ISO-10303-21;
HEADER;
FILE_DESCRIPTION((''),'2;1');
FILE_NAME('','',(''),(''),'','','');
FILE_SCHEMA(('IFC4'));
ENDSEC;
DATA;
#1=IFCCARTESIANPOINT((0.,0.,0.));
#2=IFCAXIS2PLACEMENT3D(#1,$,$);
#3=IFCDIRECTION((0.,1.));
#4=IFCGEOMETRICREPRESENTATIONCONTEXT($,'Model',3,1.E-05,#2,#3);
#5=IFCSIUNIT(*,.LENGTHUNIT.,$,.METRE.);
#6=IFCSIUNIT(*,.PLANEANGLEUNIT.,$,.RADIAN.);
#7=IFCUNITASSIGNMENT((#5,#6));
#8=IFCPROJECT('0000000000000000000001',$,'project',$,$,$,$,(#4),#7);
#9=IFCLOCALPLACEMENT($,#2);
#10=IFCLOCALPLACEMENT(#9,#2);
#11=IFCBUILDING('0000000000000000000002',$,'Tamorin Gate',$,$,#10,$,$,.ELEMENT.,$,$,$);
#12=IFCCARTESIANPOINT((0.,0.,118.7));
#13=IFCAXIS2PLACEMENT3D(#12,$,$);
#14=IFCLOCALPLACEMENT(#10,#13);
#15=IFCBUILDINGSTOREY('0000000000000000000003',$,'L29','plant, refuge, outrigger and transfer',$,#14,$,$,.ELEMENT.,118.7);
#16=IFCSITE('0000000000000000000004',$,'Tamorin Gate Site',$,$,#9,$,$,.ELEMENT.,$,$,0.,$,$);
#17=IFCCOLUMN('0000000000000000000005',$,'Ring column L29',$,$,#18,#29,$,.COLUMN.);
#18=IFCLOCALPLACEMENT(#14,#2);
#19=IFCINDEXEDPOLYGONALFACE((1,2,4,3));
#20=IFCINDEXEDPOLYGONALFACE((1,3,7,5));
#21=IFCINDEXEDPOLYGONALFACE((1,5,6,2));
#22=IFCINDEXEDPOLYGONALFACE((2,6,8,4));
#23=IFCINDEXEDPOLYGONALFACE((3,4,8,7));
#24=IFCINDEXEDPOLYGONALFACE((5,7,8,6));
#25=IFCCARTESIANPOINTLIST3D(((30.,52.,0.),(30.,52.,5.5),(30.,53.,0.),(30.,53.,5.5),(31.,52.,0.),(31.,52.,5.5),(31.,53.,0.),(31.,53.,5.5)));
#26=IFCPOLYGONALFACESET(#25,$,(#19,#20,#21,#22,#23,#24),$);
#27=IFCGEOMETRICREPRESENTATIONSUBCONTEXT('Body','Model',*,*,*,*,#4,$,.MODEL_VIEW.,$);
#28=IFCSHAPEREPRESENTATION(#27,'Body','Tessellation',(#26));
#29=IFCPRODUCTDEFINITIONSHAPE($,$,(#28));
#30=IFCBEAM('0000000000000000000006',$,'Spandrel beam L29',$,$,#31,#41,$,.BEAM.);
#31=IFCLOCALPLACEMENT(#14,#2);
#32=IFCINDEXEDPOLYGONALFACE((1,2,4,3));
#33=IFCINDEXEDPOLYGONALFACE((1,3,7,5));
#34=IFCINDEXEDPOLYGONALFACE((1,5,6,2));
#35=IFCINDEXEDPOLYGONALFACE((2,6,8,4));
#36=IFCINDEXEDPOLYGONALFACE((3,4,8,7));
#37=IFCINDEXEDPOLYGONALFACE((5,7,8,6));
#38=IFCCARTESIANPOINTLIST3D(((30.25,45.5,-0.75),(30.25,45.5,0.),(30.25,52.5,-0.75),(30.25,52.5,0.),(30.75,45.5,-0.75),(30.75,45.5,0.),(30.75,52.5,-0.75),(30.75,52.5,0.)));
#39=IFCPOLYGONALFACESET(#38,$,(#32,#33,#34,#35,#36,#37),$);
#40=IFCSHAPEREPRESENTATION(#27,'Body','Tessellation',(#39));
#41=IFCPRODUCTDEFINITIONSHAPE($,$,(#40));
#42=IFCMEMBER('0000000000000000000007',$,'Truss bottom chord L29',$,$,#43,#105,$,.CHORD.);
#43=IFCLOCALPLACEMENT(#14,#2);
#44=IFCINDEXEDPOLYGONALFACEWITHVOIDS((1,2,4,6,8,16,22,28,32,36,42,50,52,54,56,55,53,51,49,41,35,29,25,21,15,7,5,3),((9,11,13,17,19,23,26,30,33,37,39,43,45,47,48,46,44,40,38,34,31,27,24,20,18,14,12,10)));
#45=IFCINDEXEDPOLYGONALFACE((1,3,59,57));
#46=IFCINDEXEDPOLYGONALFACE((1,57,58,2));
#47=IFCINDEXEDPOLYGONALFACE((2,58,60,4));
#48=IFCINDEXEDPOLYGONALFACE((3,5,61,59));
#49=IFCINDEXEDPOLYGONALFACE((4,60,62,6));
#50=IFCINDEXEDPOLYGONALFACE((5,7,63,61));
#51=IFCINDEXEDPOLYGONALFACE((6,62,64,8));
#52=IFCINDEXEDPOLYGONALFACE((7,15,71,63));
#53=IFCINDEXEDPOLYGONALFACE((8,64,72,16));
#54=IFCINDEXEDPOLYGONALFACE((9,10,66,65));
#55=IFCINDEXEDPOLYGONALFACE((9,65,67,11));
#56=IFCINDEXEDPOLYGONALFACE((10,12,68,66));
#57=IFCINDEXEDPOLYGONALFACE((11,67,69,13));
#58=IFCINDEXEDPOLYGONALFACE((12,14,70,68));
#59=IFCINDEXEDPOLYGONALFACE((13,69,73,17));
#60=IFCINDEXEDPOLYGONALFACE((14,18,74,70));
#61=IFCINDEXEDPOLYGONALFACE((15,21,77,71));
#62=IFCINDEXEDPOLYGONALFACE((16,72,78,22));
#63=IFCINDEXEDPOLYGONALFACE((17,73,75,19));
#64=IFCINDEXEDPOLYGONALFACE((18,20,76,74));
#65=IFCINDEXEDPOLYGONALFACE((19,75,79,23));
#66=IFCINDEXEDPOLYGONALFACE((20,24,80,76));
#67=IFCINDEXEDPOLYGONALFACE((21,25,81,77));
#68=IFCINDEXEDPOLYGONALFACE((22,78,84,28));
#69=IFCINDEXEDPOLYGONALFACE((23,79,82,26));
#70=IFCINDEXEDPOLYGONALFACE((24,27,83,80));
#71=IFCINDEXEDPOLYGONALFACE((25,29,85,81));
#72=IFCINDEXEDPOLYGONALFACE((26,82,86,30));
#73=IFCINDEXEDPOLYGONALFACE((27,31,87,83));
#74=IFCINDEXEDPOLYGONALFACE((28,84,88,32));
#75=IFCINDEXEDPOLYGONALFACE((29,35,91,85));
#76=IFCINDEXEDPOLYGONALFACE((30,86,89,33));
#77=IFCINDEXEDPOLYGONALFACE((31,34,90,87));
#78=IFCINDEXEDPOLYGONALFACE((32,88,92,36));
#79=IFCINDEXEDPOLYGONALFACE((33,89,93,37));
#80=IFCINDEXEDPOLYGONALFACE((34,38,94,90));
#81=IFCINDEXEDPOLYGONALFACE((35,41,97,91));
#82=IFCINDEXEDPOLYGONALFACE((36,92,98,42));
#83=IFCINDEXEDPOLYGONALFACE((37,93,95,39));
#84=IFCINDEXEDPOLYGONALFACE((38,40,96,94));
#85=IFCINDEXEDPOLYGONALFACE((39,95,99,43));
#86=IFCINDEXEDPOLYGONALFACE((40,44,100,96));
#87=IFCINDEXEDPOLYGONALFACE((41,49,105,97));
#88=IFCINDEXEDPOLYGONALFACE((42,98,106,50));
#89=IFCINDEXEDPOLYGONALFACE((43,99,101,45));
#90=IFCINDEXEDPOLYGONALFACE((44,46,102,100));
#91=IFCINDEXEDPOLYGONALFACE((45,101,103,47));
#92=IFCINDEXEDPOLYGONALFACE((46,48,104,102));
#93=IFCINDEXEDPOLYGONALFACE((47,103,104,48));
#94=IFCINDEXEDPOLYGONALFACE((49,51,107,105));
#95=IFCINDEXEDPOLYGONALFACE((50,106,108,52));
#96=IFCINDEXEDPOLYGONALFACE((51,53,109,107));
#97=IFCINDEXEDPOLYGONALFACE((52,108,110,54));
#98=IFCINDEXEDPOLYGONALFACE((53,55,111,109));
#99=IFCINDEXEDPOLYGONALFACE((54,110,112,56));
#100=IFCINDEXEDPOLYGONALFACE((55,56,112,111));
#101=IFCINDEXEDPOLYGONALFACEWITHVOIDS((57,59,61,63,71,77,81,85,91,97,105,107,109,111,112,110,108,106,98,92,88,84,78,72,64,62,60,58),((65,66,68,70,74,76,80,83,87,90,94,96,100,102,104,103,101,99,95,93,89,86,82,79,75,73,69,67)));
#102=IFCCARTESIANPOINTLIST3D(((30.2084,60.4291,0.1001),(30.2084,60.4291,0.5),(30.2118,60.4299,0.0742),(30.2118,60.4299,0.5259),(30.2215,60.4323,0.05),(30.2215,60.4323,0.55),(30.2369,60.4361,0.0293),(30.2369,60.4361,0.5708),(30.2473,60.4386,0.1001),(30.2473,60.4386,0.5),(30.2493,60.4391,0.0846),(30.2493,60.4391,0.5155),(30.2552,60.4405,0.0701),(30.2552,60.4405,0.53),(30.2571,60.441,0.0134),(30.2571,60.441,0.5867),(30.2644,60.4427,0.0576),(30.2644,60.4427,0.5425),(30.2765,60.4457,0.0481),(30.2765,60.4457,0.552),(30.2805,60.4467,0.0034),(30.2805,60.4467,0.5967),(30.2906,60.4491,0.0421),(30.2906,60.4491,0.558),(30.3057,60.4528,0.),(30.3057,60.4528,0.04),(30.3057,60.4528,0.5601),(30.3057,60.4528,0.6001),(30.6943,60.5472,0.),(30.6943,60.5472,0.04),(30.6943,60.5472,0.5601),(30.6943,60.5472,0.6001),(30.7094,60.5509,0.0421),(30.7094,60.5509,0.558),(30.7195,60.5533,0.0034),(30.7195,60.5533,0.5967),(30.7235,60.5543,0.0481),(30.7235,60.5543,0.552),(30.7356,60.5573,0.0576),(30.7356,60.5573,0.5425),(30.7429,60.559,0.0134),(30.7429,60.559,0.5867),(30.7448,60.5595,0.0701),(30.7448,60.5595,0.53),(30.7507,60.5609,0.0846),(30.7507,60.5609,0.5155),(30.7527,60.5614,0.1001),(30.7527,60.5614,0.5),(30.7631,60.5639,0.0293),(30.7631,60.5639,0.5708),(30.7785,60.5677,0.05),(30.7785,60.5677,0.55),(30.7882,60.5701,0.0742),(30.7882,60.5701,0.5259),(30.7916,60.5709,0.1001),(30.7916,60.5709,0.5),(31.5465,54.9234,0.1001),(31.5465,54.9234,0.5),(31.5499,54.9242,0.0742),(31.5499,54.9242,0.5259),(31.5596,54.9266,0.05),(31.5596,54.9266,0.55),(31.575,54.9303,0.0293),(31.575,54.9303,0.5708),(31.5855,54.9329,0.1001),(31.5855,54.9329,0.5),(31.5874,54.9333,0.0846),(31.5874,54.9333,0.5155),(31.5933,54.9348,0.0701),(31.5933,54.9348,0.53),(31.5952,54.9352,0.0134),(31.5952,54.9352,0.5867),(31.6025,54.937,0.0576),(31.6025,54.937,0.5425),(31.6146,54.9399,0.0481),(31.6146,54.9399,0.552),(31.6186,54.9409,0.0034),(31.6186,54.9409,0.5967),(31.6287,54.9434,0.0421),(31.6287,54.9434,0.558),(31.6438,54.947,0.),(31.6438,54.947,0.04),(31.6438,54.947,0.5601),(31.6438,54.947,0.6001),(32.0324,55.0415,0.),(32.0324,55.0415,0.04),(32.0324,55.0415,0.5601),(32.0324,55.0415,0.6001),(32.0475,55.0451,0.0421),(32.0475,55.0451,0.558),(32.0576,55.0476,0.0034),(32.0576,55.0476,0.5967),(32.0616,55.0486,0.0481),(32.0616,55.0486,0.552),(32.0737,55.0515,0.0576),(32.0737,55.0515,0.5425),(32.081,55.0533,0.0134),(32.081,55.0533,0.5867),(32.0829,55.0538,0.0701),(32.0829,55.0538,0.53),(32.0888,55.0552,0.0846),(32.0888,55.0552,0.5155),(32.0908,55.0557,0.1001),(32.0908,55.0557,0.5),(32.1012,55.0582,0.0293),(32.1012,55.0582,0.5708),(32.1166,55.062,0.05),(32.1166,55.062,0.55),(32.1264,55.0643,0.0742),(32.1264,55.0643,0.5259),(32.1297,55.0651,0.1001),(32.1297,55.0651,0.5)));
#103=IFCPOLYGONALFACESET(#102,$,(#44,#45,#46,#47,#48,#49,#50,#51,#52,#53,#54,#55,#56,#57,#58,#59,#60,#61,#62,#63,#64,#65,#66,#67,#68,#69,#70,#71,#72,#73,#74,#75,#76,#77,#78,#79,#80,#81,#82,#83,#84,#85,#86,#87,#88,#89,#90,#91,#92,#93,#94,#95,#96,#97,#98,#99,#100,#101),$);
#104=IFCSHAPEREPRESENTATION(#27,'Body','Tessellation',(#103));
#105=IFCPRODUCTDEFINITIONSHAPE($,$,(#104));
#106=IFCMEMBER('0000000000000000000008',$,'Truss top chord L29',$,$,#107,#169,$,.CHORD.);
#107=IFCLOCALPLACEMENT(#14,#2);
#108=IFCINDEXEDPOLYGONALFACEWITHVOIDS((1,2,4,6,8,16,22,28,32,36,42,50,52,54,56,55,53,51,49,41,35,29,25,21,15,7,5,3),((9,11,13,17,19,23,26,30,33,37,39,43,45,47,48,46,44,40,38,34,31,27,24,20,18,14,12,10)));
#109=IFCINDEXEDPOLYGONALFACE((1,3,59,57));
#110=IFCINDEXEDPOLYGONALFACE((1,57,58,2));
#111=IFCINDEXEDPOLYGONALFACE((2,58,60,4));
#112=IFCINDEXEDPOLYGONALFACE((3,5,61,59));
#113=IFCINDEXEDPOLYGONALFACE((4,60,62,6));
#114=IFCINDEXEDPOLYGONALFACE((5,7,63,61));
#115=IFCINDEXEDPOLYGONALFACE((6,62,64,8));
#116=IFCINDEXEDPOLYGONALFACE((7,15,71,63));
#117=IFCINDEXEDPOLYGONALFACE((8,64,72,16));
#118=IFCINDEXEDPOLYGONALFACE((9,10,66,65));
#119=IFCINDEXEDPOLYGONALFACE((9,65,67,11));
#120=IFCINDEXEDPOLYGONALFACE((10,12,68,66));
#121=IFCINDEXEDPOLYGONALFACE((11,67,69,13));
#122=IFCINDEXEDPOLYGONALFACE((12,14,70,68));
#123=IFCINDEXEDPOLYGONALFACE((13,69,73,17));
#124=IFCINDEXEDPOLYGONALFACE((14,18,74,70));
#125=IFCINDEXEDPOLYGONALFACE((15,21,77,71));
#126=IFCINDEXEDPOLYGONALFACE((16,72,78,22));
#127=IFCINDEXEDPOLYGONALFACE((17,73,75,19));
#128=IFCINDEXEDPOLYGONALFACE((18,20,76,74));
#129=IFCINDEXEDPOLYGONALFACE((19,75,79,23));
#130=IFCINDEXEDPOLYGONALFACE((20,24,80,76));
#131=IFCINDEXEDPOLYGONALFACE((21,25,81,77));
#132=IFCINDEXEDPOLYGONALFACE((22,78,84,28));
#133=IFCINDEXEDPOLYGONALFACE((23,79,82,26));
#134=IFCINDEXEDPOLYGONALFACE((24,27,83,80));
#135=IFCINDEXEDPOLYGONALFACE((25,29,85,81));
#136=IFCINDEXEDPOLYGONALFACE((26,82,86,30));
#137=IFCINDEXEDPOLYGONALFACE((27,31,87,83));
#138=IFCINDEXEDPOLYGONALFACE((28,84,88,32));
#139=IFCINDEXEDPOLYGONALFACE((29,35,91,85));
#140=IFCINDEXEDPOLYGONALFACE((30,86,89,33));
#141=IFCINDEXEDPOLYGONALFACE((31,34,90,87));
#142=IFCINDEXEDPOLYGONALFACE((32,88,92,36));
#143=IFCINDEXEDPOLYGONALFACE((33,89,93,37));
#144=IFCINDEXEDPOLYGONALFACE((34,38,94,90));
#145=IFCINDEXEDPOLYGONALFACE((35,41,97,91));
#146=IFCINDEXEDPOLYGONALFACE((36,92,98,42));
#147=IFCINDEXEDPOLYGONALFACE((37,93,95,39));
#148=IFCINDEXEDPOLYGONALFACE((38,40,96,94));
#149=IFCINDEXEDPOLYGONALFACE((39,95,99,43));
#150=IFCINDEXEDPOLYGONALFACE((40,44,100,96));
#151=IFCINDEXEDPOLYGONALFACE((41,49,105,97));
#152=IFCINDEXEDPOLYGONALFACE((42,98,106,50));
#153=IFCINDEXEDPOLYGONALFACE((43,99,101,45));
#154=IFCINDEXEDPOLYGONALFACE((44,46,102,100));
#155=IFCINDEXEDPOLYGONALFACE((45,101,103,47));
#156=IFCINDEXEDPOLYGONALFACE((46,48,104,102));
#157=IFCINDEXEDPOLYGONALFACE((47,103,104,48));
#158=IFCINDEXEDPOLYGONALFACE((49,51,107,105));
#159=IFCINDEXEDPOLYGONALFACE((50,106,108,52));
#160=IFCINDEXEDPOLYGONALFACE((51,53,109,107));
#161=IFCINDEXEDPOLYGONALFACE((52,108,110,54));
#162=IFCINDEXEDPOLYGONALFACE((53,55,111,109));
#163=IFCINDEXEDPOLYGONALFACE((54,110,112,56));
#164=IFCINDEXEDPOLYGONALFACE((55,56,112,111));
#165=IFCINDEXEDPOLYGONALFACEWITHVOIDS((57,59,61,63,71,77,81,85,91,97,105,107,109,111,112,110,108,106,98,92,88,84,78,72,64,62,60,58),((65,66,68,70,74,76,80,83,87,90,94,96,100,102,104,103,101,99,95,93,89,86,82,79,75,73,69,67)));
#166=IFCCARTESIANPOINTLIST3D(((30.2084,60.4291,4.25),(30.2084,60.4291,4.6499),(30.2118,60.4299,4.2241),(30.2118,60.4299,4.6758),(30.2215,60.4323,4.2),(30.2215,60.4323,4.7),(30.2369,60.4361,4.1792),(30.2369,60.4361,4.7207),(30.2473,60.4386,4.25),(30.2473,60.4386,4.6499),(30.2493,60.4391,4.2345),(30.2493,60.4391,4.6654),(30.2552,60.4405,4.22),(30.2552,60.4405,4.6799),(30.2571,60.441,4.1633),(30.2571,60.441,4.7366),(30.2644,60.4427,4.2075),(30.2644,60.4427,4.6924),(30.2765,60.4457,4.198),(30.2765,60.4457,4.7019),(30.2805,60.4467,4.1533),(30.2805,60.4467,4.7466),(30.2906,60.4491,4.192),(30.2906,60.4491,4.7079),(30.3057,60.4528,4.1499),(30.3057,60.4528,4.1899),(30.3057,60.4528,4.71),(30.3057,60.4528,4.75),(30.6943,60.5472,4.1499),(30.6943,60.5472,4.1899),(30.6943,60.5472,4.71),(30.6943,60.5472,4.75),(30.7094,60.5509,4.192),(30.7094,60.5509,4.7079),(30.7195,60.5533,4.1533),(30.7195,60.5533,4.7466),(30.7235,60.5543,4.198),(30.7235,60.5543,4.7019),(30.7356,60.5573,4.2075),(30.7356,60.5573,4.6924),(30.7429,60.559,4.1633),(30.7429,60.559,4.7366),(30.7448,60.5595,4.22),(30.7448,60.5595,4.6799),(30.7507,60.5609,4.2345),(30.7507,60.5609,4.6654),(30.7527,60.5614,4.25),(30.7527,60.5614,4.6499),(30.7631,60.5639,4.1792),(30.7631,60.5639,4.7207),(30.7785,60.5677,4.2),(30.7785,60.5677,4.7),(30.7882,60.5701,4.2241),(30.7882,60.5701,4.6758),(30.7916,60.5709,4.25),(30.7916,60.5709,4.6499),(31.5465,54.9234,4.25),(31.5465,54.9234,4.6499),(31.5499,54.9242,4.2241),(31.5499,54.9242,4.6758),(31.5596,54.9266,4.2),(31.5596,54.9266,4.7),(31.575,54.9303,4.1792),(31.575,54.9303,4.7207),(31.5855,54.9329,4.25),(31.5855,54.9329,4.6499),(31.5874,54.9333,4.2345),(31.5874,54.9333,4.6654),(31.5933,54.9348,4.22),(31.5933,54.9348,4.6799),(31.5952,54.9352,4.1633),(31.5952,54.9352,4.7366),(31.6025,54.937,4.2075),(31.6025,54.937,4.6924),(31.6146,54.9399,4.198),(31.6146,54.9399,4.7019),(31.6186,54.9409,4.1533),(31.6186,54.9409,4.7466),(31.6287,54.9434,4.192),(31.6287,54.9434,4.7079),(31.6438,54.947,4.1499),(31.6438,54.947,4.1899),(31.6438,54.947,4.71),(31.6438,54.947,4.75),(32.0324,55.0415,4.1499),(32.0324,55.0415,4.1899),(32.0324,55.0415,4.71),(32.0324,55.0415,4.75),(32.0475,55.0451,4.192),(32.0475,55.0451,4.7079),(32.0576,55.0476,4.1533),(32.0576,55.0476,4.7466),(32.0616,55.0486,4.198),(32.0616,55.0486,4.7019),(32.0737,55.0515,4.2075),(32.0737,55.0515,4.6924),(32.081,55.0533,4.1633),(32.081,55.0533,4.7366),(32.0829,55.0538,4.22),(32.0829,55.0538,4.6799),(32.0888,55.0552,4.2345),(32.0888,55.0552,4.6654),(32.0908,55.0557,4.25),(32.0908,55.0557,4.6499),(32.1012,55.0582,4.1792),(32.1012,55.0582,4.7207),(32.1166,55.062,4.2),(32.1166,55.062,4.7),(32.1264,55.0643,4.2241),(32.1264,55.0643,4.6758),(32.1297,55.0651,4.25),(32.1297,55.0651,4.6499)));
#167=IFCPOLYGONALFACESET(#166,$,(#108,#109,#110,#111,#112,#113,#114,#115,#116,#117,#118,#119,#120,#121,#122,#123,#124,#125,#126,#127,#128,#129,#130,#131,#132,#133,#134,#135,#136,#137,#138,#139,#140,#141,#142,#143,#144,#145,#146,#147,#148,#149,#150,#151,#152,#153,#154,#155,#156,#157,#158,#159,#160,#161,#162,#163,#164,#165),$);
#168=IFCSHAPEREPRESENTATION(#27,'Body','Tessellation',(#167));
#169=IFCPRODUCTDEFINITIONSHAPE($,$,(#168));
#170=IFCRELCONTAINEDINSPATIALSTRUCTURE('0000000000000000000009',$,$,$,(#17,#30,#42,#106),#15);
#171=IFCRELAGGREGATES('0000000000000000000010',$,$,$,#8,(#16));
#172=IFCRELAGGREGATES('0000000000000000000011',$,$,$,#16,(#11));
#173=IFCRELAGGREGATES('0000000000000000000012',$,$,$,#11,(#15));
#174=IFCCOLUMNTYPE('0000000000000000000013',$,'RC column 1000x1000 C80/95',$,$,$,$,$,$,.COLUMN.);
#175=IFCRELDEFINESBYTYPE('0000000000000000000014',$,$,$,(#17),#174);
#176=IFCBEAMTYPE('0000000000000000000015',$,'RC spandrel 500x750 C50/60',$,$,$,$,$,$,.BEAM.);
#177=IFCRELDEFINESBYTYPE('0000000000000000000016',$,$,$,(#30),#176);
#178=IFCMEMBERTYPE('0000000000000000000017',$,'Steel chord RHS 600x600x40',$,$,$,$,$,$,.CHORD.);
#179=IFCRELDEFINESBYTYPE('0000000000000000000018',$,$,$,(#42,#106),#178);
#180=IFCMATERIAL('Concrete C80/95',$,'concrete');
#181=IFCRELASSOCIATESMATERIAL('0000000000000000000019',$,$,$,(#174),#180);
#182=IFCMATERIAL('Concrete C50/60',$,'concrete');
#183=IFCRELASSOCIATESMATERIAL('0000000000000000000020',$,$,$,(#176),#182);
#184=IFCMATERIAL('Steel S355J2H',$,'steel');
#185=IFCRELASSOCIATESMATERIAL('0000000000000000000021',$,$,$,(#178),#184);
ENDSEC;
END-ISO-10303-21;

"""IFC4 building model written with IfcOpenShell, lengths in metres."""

from ifc_helpers import new_model, si_unit, direction, frame, origin, origin_2d, place, context, subcontext, project, spatial, rectangle, hollow_rectangle, extrude, material, material_profile, profile_set, type_object, element, save


model = new_model("IFC4")

# Units and contexts
model_context = context("Model", 3, precision=1e-05, world=origin(), true_north=direction((0.0, 1.0)))
body_context = subcontext(model_context, "Body", "Model", "MODEL_VIEW")
ifc_project = project(units=[si_unit("LENGTHUNIT", "METRE"), si_unit("PLANEANGLEUNIT", "RADIAN")], contexts=[model_context])

# Site, building, storey
site_placement = place(None, origin())
site = spatial("IfcSite", under=ifc_project, at=site_placement, Name="Tamorin Gate Site", CompositionType="ELEMENT", RefElevation=0.0)
building_placement = place(site_placement, origin())
building = spatial("IfcBuilding", under=site, at=building_placement, Name="Tamorin Gate", CompositionType="ELEMENT")
storey_placement = place(building_placement, frame((0.0, 0.0, 118.7)))
storey = spatial("IfcBuildingStorey", under=building, at=storey_placement, Name="L29", Description="plant, refuge, outrigger and transfer", CompositionType="ELEMENT", Elevation=118.7)

# Column
ifc_material_1 = material(Name="Concrete C80/95", Category="concrete")
ifc_material_profile_1 = material_profile(ifc_material_1, rectangle(XDim=1.0, YDim=1.0, at=origin_2d()), Name="RC 1000x1000")
ifc_profile_set_1 = profile_set([ifc_material_profile_1], Name="Concrete C80/95")
column_type = type_object("IfcColumnType", Name="RC column 1000x1000 C80/95", PredefinedType="COLUMN", material=ifc_profile_set_1)
column_placement = place(storey_placement, frame((30.5, 52.5, 0.0), z_axis=(0.0, 0.0, 1.0), x_axis=(1.0, 0.0, 0.0)))
element("IfcColumn", 1, at=column_placement, inside=storey, type_object=column_type, Name="Ring column L29", PredefinedType="COLUMN", context=body_context, shape_type="SweptSolid", body=[
    extrude(rectangle(XDim=1.0, YDim=1.0, at=origin_2d()), origin(), (0.0, 0.0, 1.0), 5.5),
])

# Beam
ifc_material_2 = material(Name="Concrete C50/60", Category="concrete")
ifc_material_profile_2 = material_profile(ifc_material_2, rectangle(XDim=0.5, YDim=0.75, at=origin_2d()), Name="RC 500x750")
ifc_profile_set_2 = profile_set([ifc_material_profile_2], Name="Concrete C50/60")
beam_type = type_object("IfcBeamType", Name="RC spandrel 500x750 C50/60", PredefinedType="BEAM", material=ifc_profile_set_2)
beam_placement = place(storey_placement, frame((30.5, 52.5, -0.375), z_axis=(0.0, -1.0, 0.0), x_axis=(1.0, 0.0, 0.0)))
element("IfcBeam", 2, at=beam_placement, inside=storey, type_object=beam_type, Name="Spandrel beam L29", PredefinedType="BEAM", context=body_context, shape_type="SweptSolid", body=[
    extrude(rectangle(XDim=0.5, YDim=0.75, at=origin_2d()), origin(), (0.0, 0.0, 1.0), 7.0),
])

# Members
ifc_material_3 = material(Name="Steel S355J2H", Category="steel")
ifc_material_profile_3 = material_profile(ifc_material_3, hollow_rectangle(XDim=0.6001, YDim=0.6001, WallThickness=0.04, InnerFilletRadius=0.0601, OuterFilletRadius=0.1001, at=origin_2d()), Name="RHS 600x600x40")
ifc_profile_set_3 = profile_set([ifc_material_profile_3], Name="Steel S355J2H")
member_type_1 = type_object("IfcMemberType", Name="Steel chord RHS 600x600x40", PredefinedType="CHORD", material=ifc_profile_set_3)
for number, where, z_axis, x_axis, name in (
    (3, (30.5, 60.5, 0.3), (0.236164, -0.971713, 0.0), (0.971713, 0.236164, 0.0), "Truss bottom chord L29"),
    (4, (30.5, 60.5, 4.45), (0.236164, -0.971713, 0.0), (0.971713, 0.236164, 0.0), "Truss top chord L29"),
):
    element("IfcMember", number, at=place(storey_placement, frame(where, z_axis=z_axis, x_axis=x_axis)), inside=storey, type_object=member_type_1, Name=name, PredefinedType="CHORD", context=body_context, shape_type="SweptSolid", body=[
        extrude(hollow_rectangle(XDim=0.6001, YDim=0.6001, WallThickness=0.04, InnerFilletRadius=0.0601, OuterFilletRadius=0.1001, at=origin_2d()), origin(), (0.0, 0.0, 1.0), 5.666),
    ])

save(model, "model.ifc")
